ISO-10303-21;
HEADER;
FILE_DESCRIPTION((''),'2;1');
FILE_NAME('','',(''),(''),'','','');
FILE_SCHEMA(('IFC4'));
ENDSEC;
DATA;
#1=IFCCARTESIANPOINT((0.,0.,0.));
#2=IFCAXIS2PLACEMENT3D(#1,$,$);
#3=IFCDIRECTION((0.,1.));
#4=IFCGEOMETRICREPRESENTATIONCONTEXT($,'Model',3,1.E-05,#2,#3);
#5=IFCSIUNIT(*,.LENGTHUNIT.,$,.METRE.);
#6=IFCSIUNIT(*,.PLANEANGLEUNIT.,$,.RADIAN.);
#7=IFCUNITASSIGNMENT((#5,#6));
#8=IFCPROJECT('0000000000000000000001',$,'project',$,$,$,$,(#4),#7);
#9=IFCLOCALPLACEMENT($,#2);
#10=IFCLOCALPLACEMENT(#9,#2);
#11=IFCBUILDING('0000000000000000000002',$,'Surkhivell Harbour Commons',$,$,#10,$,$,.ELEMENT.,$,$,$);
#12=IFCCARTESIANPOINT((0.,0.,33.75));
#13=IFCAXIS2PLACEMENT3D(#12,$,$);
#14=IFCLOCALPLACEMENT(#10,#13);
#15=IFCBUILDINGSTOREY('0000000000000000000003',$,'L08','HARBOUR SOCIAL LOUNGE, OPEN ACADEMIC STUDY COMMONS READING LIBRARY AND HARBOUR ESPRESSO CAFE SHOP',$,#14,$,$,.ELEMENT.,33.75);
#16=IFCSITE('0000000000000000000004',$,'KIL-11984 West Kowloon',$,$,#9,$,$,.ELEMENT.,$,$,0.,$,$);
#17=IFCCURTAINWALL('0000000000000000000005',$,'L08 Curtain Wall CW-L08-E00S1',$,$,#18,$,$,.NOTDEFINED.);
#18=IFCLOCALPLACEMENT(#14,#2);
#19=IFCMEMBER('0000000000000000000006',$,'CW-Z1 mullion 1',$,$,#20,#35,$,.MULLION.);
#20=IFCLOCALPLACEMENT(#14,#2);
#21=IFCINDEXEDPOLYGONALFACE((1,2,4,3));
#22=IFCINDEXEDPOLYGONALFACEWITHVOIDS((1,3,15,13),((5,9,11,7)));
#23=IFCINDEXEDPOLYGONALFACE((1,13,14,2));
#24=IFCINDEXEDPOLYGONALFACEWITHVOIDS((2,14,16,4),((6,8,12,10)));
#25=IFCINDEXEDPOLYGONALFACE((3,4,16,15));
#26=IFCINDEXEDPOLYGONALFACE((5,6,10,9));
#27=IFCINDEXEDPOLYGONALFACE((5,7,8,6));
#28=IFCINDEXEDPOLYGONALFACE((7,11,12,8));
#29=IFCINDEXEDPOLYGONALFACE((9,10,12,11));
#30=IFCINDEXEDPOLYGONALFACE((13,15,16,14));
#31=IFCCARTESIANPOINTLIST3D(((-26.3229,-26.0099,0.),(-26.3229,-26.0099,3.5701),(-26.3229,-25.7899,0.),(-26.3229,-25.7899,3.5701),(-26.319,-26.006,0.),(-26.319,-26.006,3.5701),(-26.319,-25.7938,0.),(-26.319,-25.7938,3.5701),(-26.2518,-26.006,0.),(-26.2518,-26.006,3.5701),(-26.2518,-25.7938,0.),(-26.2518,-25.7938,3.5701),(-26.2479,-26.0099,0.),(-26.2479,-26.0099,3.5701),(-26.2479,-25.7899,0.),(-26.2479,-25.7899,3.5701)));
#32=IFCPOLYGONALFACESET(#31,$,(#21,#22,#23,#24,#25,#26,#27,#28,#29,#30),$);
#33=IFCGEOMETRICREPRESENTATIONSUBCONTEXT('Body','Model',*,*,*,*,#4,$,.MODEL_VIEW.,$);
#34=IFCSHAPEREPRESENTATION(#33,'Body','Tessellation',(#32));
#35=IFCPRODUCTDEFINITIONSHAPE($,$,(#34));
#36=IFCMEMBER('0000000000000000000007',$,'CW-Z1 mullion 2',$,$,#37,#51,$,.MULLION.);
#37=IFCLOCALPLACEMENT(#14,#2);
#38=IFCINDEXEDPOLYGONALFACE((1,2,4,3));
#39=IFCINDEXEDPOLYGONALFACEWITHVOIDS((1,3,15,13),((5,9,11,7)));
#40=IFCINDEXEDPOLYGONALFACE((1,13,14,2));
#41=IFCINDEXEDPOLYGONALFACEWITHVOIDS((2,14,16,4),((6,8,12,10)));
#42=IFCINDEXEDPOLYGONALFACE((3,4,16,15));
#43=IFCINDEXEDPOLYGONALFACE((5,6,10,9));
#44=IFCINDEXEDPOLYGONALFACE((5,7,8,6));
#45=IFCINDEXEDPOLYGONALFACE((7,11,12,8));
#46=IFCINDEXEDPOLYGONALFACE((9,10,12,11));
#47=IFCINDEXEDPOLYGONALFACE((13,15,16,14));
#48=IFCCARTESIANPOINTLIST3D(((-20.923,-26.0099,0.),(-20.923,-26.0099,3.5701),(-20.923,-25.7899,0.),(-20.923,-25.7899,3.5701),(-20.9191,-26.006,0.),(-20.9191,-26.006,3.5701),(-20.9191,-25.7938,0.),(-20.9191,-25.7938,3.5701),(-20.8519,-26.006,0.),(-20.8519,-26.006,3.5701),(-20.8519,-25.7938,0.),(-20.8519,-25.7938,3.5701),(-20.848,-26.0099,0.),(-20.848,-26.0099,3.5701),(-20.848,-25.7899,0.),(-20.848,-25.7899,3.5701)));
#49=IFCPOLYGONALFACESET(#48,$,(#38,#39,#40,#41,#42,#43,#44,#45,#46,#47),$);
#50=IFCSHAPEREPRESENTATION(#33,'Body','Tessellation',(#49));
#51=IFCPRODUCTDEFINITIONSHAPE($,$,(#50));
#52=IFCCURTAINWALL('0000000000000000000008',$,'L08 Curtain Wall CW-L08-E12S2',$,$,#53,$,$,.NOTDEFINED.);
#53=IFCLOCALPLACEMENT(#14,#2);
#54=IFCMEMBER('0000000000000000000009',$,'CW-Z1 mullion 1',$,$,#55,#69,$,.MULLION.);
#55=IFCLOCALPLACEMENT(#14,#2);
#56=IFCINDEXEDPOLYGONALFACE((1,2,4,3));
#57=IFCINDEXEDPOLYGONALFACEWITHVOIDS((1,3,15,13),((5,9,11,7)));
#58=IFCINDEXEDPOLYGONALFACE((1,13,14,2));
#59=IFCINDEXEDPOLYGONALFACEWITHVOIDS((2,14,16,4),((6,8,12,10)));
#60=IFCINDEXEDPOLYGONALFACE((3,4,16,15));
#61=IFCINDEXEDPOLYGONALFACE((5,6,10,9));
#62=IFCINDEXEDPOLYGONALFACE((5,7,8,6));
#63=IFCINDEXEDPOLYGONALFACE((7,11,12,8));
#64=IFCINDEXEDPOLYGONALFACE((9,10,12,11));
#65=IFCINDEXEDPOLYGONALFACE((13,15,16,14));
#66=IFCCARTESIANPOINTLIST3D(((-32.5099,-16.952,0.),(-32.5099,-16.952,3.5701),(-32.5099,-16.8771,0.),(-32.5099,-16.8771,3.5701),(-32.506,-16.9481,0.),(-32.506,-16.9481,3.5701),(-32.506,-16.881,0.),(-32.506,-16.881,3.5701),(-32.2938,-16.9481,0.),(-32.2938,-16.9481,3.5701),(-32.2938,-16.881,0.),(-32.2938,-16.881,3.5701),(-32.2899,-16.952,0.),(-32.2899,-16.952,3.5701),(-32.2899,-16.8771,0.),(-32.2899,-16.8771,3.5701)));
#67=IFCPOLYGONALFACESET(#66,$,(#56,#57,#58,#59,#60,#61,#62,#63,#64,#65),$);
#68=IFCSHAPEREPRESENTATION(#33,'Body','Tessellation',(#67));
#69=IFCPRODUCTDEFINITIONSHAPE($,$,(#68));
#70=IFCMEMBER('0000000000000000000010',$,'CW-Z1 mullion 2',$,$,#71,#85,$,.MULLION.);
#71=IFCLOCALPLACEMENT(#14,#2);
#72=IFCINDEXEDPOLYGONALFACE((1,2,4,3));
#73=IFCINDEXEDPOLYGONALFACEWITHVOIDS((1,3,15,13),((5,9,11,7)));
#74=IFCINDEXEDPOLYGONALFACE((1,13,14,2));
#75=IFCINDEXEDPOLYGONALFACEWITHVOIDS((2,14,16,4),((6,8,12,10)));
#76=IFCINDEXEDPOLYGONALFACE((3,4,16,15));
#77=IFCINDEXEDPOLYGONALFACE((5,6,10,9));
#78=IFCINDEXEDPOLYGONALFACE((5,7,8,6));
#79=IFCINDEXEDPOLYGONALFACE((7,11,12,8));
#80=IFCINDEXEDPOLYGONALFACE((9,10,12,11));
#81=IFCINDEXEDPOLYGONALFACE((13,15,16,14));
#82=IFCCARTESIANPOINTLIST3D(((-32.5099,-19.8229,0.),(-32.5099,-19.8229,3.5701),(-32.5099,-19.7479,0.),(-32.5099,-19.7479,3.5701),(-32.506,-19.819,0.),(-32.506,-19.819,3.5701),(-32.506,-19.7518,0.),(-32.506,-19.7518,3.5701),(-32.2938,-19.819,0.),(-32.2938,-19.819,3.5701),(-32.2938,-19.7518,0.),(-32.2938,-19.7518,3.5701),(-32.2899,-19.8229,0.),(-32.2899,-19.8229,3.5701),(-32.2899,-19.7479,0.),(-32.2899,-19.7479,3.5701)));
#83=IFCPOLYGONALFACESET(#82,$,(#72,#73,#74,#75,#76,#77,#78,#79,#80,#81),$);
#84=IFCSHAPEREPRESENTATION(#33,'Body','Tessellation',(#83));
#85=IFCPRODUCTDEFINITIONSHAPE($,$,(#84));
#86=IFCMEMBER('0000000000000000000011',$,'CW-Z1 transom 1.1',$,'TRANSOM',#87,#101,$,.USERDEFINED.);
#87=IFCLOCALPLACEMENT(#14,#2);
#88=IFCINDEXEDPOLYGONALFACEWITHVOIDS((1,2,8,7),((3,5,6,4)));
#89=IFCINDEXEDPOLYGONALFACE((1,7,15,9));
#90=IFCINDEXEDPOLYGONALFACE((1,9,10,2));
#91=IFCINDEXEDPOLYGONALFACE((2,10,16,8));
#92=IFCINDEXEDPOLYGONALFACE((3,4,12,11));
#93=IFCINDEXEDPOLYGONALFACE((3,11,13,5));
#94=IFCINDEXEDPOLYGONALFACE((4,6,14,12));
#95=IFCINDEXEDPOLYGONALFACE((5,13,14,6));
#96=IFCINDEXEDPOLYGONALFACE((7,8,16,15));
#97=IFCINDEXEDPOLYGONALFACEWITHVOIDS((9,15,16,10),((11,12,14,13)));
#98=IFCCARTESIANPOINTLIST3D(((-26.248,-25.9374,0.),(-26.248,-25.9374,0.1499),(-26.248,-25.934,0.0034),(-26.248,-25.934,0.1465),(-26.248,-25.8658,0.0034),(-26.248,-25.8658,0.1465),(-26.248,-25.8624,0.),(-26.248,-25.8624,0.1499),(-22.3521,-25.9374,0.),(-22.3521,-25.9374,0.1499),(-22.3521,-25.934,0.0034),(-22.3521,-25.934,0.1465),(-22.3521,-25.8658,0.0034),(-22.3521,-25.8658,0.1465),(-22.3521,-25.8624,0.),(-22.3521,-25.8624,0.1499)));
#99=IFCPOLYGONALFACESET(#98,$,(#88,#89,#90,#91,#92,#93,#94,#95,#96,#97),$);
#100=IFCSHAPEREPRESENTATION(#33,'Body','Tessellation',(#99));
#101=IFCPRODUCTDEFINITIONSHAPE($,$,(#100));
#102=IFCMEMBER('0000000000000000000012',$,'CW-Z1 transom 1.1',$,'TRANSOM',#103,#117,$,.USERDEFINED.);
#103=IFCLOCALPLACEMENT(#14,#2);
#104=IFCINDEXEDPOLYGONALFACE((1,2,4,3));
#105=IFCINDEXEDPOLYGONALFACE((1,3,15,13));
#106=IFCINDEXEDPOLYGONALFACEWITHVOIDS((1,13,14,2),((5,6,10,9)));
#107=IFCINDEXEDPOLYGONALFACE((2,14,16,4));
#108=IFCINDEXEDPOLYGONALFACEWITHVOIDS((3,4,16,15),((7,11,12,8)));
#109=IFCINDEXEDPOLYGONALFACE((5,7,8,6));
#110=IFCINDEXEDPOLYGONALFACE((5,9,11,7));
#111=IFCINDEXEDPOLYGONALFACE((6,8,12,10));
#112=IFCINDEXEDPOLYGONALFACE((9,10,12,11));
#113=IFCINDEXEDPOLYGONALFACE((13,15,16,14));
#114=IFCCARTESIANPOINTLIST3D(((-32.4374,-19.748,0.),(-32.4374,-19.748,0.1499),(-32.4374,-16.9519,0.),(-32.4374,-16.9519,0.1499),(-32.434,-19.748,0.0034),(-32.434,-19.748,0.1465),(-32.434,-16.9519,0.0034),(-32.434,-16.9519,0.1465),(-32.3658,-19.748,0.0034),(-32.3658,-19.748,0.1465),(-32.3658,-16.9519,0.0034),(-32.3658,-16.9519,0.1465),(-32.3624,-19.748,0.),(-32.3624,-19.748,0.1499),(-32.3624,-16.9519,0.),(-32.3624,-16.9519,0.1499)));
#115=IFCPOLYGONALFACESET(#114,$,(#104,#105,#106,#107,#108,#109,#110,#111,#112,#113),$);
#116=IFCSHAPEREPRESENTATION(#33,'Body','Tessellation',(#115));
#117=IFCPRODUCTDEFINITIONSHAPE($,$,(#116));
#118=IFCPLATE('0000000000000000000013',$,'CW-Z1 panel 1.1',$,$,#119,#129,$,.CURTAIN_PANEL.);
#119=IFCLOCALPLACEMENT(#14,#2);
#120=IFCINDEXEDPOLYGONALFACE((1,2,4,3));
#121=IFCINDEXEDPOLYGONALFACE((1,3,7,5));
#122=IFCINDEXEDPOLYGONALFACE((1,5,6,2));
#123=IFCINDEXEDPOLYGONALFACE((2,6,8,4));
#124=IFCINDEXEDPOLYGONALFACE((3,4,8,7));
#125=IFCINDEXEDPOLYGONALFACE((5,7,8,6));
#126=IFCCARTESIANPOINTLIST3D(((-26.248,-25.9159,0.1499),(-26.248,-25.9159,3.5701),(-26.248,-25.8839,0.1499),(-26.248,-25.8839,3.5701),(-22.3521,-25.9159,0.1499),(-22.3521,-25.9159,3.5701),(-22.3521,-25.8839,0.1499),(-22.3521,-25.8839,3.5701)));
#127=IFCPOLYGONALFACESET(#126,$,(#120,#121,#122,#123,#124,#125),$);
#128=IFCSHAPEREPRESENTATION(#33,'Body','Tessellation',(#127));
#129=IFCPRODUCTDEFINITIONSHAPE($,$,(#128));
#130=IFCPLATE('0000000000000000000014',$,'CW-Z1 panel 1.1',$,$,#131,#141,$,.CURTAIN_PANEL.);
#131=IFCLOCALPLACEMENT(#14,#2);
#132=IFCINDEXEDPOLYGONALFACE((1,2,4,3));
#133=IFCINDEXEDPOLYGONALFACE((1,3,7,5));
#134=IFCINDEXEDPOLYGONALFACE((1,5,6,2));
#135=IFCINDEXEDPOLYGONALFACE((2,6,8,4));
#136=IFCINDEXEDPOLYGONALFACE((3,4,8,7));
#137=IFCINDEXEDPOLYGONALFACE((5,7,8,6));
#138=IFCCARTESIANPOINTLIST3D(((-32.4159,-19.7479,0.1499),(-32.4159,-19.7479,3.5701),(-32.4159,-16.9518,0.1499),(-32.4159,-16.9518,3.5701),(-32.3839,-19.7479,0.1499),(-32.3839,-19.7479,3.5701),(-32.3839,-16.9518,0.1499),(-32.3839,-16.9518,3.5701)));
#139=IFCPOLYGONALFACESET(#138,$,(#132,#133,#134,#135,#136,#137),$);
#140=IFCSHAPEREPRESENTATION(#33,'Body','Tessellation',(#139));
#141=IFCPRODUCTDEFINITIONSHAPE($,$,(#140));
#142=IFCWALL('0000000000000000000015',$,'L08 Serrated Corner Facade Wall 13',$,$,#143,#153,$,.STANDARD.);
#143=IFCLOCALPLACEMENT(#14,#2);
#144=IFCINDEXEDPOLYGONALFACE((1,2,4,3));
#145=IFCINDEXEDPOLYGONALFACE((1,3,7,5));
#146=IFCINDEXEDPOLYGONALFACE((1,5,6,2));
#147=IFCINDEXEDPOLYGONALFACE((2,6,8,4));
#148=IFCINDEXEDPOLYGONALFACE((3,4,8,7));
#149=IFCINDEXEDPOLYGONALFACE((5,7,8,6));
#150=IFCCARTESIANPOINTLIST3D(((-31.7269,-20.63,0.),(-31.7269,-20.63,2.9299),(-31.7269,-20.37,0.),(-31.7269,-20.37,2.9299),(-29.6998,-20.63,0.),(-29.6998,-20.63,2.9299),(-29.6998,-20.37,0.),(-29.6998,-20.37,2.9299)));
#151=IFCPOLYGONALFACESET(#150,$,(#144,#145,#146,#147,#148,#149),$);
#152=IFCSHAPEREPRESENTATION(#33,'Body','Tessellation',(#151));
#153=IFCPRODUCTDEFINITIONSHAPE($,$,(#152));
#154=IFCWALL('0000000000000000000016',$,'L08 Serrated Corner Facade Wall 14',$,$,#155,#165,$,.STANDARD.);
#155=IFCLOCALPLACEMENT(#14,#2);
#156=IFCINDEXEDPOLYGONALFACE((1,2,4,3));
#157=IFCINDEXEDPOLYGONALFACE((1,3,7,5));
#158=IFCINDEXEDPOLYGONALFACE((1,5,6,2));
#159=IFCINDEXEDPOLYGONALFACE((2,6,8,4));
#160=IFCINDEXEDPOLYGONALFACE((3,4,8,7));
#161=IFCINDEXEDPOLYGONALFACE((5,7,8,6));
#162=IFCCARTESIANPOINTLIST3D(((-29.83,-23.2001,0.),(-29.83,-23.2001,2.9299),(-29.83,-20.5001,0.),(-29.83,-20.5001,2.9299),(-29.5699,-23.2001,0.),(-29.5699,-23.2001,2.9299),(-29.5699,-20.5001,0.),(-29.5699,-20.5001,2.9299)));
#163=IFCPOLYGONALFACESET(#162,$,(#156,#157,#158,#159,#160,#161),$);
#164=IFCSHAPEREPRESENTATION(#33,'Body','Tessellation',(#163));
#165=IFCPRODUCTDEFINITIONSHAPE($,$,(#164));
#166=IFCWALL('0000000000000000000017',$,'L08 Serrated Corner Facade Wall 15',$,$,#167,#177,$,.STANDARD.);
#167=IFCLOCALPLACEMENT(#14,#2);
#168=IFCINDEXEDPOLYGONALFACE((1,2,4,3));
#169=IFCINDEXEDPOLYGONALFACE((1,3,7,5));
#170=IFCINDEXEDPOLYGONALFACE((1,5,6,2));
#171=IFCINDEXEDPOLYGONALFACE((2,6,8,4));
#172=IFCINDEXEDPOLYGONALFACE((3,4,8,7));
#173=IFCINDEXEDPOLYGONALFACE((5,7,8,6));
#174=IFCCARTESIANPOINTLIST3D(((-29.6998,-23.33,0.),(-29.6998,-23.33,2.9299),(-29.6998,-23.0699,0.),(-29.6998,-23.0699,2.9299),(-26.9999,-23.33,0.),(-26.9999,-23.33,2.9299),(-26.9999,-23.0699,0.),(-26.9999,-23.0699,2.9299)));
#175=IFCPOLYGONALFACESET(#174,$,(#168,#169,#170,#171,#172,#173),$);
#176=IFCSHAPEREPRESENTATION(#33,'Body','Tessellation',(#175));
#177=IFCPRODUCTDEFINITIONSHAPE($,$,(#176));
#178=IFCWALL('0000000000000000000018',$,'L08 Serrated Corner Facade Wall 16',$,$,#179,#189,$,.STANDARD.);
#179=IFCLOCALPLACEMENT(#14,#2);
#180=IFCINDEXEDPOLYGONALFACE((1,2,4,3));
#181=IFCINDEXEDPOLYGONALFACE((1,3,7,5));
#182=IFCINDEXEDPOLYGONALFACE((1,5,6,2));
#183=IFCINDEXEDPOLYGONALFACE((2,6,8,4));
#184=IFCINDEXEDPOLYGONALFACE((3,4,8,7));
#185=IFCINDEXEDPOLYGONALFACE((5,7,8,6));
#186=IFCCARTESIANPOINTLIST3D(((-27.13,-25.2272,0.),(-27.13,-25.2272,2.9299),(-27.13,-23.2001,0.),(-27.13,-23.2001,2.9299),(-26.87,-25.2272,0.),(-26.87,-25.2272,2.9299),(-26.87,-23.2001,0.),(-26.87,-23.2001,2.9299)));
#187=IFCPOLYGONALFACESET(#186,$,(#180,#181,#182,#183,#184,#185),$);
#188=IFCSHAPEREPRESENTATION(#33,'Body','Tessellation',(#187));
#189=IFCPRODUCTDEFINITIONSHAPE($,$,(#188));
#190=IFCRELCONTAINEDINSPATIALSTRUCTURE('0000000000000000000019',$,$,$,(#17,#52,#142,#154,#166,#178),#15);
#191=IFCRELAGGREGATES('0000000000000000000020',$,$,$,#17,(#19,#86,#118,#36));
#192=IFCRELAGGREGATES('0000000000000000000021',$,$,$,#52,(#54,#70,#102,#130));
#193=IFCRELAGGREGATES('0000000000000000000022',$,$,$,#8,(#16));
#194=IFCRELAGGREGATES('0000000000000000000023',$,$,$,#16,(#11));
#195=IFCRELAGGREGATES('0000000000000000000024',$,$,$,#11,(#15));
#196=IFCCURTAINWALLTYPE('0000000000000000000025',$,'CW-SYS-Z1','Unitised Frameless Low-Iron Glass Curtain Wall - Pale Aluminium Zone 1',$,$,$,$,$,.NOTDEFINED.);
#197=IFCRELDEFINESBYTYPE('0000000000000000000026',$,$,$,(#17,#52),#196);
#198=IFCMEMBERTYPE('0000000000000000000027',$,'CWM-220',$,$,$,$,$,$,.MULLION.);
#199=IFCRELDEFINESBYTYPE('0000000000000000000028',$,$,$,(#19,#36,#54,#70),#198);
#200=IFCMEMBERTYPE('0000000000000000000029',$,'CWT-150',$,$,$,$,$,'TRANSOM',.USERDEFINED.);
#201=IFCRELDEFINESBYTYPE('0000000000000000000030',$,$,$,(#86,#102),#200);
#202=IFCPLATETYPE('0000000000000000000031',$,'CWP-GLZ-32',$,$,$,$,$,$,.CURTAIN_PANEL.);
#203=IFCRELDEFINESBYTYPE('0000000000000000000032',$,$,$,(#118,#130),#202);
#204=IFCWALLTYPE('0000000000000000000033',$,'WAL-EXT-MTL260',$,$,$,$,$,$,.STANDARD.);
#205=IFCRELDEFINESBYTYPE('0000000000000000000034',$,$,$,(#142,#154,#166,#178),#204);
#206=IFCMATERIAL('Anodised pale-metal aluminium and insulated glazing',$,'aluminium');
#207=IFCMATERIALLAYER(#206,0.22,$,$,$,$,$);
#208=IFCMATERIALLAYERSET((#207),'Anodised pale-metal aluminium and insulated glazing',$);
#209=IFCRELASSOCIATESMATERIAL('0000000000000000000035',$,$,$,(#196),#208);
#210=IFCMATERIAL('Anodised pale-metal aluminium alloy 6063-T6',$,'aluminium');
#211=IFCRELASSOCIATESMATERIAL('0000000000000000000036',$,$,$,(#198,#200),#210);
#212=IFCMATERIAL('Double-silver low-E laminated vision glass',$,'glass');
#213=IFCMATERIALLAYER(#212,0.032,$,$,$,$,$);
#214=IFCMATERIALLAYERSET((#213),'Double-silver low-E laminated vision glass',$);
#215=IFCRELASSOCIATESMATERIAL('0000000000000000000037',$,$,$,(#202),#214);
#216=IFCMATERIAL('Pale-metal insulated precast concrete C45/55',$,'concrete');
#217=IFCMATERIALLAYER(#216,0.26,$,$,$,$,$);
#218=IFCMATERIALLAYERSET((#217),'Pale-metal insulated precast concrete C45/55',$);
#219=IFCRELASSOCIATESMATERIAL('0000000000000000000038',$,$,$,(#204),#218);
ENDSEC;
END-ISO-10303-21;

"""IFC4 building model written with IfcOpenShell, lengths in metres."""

from ifc_helpers import new_model, si_unit, direction, frame, frame_2d, origin, origin_2d, place, context, subcontext, project, spatial, rectangle, hollow_rectangle, extrude, material, layer, layer_set, material_profile, profile_set, type_object, element, aggregate, save


model = new_model("IFC4")

# Units and contexts
model_context = context("Model", 3, precision=1e-05, world=origin(), true_north=direction((0.0, 1.0)))
body_context = subcontext(model_context, "Body", "Model", "MODEL_VIEW")
ifc_project = project(units=[si_unit("LENGTHUNIT", "METRE"), si_unit("PLANEANGLEUNIT", "RADIAN")], contexts=[model_context])

# Site, building, storey
site_placement = place(None, origin())
site = spatial("IfcSite", under=ifc_project, at=site_placement, Name="KIL-11984 West Kowloon", CompositionType="ELEMENT", RefElevation=0.0)
building_placement = place(site_placement, origin())
building = spatial("IfcBuilding", under=site, at=building_placement, Name="Surkhivell Harbour Commons", CompositionType="ELEMENT")
storey_placement = place(building_placement, frame((0.0, 0.0, 33.75)))
storey = spatial("IfcBuildingStorey", under=building, at=storey_placement, Name="L08", Description="HARBOUR SOCIAL LOUNGE, OPEN ACADEMIC STUDY COMMONS READING LIBRARY AND HARBOUR ESPRESSO CAFE SHOP", CompositionType="ELEMENT", Elevation=33.75)

# Curtain walls, members
ifc_material_1 = material(Name="Anodised pale-metal aluminium and insulated glazing", Category="aluminium")
ifc_layer_1 = layer(ifc_material_1, 0.22)
ifc_layer_set_1 = layer_set([ifc_layer_1], Name="Anodised pale-metal aluminium and insulated glazing")
curtain_wall_type = type_object("IfcCurtainWallType", Name="CW-SYS-Z1", Description="Unitised Frameless Low-Iron Glass Curtain Wall - Pale Aluminium Zone 1", PredefinedType="NOTDEFINED", material=ifc_layer_set_1)
curtain_wall_1_placement = place(storey_placement, origin())
curtain_wall_1 = element("IfcCurtainWall", 1, at=curtain_wall_1_placement, inside=storey, type_object=curtain_wall_type, Name="L08 Curtain Wall CW-L08-E00S1", PredefinedType="NOTDEFINED")
ifc_material_2 = material(Name="Anodised pale-metal aluminium alloy 6063-T6", Category="aluminium")
ifc_material_profile_1 = material_profile(ifc_material_2, hollow_rectangle(XDim=0.075, YDim=0.22, WallThickness=0.0039, at=origin_2d()), Name="ALU-MULL-75x220")
ifc_profile_set_1 = profile_set([ifc_material_profile_1], Name="Anodised pale-metal aluminium alloy 6063-T6")
member_type_1 = type_object("IfcMemberType", Name="CWM-220", PredefinedType="MULLION", material=ifc_profile_set_1)
member_1_placement = place(storey_placement, frame((-26.2854, -25.8999, 0.0), z_axis=(0.0, 0.0, 1.0), x_axis=(1.0, 0.0, 0.0)))
member_1 = element("IfcMember", 2, at=member_1_placement, type_object=member_type_1, Name="CW-Z1 mullion 1", PredefinedType="MULLION", context=body_context, shape_type="SweptSolid", body=[
    extrude(hollow_rectangle(XDim=0.075, YDim=0.22, WallThickness=0.0039, at=origin_2d()), origin(), (0.0, 0.0, 1.0), 3.5701),
])
member_2_placement = place(storey_placement, frame((-20.8855, -25.8999, 0.0), z_axis=(0.0, 0.0, 1.0), x_axis=(1.0, 0.0, 0.0)))
member_2 = element("IfcMember", 3, at=member_2_placement, type_object=member_type_1, Name="CW-Z1 mullion 2", PredefinedType="MULLION", context=body_context, shape_type="SweptSolid", body=[
    extrude(hollow_rectangle(XDim=0.075, YDim=0.22, WallThickness=0.0039, at=origin_2d()), origin(), (0.0, 0.0, 1.0), 3.5701),
])
curtain_wall_2_placement = place(storey_placement, origin())
curtain_wall_2 = element("IfcCurtainWall", 4, at=curtain_wall_2_placement, inside=storey, type_object=curtain_wall_type, Name="L08 Curtain Wall CW-L08-E12S2", PredefinedType="NOTDEFINED")
member_3_placement = place(storey_placement, frame((-32.3999, -16.9146, 0.0), z_axis=(0.0, 0.0, 1.0), x_axis=(0.0, -1.0, 0.0)))
member_3 = element("IfcMember", 5, at=member_3_placement, type_object=member_type_1, Name="CW-Z1 mullion 1", PredefinedType="MULLION", context=body_context, shape_type="SweptSolid", body=[
    extrude(hollow_rectangle(XDim=0.075, YDim=0.22, WallThickness=0.0039, at=origin_2d()), origin(), (0.0, 0.0, 1.0), 3.5701),
])
member_4_placement = place(storey_placement, frame((-32.3999, -19.7854, 0.0), z_axis=(0.0, 0.0, 1.0), x_axis=(0.0, -1.0, 0.0)))
member_4 = element("IfcMember", 6, at=member_4_placement, type_object=member_type_1, Name="CW-Z1 mullion 2", PredefinedType="MULLION", context=body_context, shape_type="SweptSolid", body=[
    extrude(hollow_rectangle(XDim=0.075, YDim=0.22, WallThickness=0.0039, at=origin_2d()), origin(), (0.0, 0.0, 1.0), 3.5701),
])

# Members
ifc_material_profile_2 = material_profile(ifc_material_2, hollow_rectangle(XDim=0.075, YDim=0.1499, WallThickness=0.0034, at=origin_2d()), Name="ALU-TRAN-75x150")
ifc_profile_set_2 = profile_set([ifc_material_profile_2], Name="Anodised pale-metal aluminium alloy 6063-T6")
member_type_2 = type_object("IfcMemberType", Name="CWT-150", ElementType="TRANSOM", PredefinedType="USERDEFINED", material=ifc_profile_set_2)
member_5_placement = place(storey_placement, frame((-26.248, -25.8999, 0.075), z_axis=(1.0, 0.0, 0.0), x_axis=(0.0, 1.0, 0.0)))
member_5 = element("IfcMember", 7, at=member_5_placement, type_object=member_type_2, Name="CW-Z1 transom 1.1", ObjectType="TRANSOM", PredefinedType="USERDEFINED", context=body_context, shape_type="SweptSolid", body=[
    extrude(hollow_rectangle(XDim=0.075, YDim=0.1499, WallThickness=0.0034, at=origin_2d()), origin(), (0.0, 0.0, 1.0), 3.896),
])
member_6_placement = place(storey_placement, frame((-32.3999, -16.9519, 0.075), z_axis=(0.0, -1.0, 0.0), x_axis=(1.0, 0.0, 0.0)))
member_6 = element("IfcMember", 8, at=member_6_placement, type_object=member_type_2, Name="CW-Z1 transom 1.1", ObjectType="TRANSOM", PredefinedType="USERDEFINED", context=body_context, shape_type="SweptSolid", body=[
    extrude(hollow_rectangle(XDim=0.075, YDim=0.1499, WallThickness=0.0034, at=origin_2d()), origin(), (0.0, 0.0, 1.0), 2.7961),
])

# Plates
ifc_material_3 = material(Name="Double-silver low-E laminated vision glass", Category="glass")
ifc_layer_2 = layer(ifc_material_3, 0.032)
ifc_layer_set_2 = layer_set([ifc_layer_2], Name="Double-silver low-E laminated vision glass")
plate_type = type_object("IfcPlateType", Name="CWP-GLZ-32", PredefinedType="CURTAIN_PANEL", material=ifc_layer_set_2)
plate_1_placement = place(storey_placement, frame((-26.248, -25.8999, 0.1499), z_axis=(0.0, 0.0, 1.0), x_axis=(1.0, 0.0, 0.0)))
plate_1 = element("IfcPlate", 9, at=plate_1_placement, type_object=plate_type, Name="CW-Z1 panel 1.1", PredefinedType="CURTAIN_PANEL", context=body_context, shape_type="SweptSolid", body=[
    extrude(rectangle(XDim=3.896, YDim=0.032, at=frame_2d((1.948, 0.0))), origin(), (0.0, 0.0, 1.0), 3.4202),
])
aggregate(curtain_wall_1, [member_1, member_5, plate_1, member_2])
plate_2_placement = place(storey_placement, frame((-32.3999, -16.9519, 0.1499), z_axis=(0.0, 0.0, 1.0), x_axis=(0.0, -1.0, 0.0)))
plate_2 = element("IfcPlate", 10, at=plate_2_placement, type_object=plate_type, Name="CW-Z1 panel 1.1", PredefinedType="CURTAIN_PANEL", context=body_context, shape_type="SweptSolid", body=[
    extrude(rectangle(XDim=2.7961, YDim=0.032, at=frame_2d((1.3979, 0.0))), origin(), (0.0, 0.0, 1.0), 3.4202),
])
aggregate(curtain_wall_2, [member_3, member_4, member_6, plate_2])

# Walls
ifc_material_4 = material(Name="Pale-metal insulated precast concrete C45/55", Category="concrete")
ifc_layer_3 = layer(ifc_material_4, 0.26)
ifc_layer_set_3 = layer_set([ifc_layer_3], Name="Pale-metal insulated precast concrete C45/55")
wall_type = type_object("IfcWallType", Name="WAL-EXT-MTL260", PredefinedType="STANDARD", material=ifc_layer_set_3)
wall_1_placement = place(storey_placement, frame((-31.7271, -20.5, 0.0), z_axis=(0.0, 0.0, 1.0), x_axis=(1.0, 0.0, 0.0)))
element("IfcWall", 11, at=wall_1_placement, inside=storey, type_object=wall_type, Name="L08 Serrated Corner Facade Wall 13", PredefinedType="STANDARD", context=body_context, shape_type="SweptSolid", body=[
    extrude(rectangle(XDim=2.0271, YDim=0.26, at=frame_2d((1.0137, 0.0))), origin(), (0.0, 0.0, 1.0), 2.9299),
])
for number, where, z_axis, x_axis, name in (
    (12, (-29.7, -20.5, 0.0), (0.0, 0.0, 1.0), (0.0, -1.0, 0.0), "L08 Serrated Corner Facade Wall 14"),
    (13, (-29.7, -23.2, 0.0), (0.0, 0.0, 1.0), (1.0, 0.0, 0.0), "L08 Serrated Corner Facade Wall 15"),
):
    element("IfcWall", number, at=place(storey_placement, frame(where, z_axis=z_axis, x_axis=x_axis)), inside=storey, type_object=wall_type, Name=name, PredefinedType="STANDARD", context=body_context, shape_type="SweptSolid", body=[
        extrude(rectangle(XDim=2.7, YDim=0.26, at=frame_2d((1.3501, 0.0))), origin(), (0.0, 0.0, 1.0), 2.9299),
    ])
wall_2_placement = place(storey_placement, frame((-27.0, -23.2, 0.0), z_axis=(0.0, 0.0, 1.0), x_axis=(0.0, -1.0, 0.0)))
element("IfcWall", 14, at=wall_2_placement, inside=storey, type_object=wall_type, Name="L08 Serrated Corner Facade Wall 16", PredefinedType="STANDARD", context=body_context, shape_type="SweptSolid", body=[
    extrude(rectangle(XDim=2.0271, YDim=0.26, at=frame_2d((1.0137, 0.0))), origin(), (0.0, 0.0, 1.0), 2.9299),
])

save(model, "model.ifc")
